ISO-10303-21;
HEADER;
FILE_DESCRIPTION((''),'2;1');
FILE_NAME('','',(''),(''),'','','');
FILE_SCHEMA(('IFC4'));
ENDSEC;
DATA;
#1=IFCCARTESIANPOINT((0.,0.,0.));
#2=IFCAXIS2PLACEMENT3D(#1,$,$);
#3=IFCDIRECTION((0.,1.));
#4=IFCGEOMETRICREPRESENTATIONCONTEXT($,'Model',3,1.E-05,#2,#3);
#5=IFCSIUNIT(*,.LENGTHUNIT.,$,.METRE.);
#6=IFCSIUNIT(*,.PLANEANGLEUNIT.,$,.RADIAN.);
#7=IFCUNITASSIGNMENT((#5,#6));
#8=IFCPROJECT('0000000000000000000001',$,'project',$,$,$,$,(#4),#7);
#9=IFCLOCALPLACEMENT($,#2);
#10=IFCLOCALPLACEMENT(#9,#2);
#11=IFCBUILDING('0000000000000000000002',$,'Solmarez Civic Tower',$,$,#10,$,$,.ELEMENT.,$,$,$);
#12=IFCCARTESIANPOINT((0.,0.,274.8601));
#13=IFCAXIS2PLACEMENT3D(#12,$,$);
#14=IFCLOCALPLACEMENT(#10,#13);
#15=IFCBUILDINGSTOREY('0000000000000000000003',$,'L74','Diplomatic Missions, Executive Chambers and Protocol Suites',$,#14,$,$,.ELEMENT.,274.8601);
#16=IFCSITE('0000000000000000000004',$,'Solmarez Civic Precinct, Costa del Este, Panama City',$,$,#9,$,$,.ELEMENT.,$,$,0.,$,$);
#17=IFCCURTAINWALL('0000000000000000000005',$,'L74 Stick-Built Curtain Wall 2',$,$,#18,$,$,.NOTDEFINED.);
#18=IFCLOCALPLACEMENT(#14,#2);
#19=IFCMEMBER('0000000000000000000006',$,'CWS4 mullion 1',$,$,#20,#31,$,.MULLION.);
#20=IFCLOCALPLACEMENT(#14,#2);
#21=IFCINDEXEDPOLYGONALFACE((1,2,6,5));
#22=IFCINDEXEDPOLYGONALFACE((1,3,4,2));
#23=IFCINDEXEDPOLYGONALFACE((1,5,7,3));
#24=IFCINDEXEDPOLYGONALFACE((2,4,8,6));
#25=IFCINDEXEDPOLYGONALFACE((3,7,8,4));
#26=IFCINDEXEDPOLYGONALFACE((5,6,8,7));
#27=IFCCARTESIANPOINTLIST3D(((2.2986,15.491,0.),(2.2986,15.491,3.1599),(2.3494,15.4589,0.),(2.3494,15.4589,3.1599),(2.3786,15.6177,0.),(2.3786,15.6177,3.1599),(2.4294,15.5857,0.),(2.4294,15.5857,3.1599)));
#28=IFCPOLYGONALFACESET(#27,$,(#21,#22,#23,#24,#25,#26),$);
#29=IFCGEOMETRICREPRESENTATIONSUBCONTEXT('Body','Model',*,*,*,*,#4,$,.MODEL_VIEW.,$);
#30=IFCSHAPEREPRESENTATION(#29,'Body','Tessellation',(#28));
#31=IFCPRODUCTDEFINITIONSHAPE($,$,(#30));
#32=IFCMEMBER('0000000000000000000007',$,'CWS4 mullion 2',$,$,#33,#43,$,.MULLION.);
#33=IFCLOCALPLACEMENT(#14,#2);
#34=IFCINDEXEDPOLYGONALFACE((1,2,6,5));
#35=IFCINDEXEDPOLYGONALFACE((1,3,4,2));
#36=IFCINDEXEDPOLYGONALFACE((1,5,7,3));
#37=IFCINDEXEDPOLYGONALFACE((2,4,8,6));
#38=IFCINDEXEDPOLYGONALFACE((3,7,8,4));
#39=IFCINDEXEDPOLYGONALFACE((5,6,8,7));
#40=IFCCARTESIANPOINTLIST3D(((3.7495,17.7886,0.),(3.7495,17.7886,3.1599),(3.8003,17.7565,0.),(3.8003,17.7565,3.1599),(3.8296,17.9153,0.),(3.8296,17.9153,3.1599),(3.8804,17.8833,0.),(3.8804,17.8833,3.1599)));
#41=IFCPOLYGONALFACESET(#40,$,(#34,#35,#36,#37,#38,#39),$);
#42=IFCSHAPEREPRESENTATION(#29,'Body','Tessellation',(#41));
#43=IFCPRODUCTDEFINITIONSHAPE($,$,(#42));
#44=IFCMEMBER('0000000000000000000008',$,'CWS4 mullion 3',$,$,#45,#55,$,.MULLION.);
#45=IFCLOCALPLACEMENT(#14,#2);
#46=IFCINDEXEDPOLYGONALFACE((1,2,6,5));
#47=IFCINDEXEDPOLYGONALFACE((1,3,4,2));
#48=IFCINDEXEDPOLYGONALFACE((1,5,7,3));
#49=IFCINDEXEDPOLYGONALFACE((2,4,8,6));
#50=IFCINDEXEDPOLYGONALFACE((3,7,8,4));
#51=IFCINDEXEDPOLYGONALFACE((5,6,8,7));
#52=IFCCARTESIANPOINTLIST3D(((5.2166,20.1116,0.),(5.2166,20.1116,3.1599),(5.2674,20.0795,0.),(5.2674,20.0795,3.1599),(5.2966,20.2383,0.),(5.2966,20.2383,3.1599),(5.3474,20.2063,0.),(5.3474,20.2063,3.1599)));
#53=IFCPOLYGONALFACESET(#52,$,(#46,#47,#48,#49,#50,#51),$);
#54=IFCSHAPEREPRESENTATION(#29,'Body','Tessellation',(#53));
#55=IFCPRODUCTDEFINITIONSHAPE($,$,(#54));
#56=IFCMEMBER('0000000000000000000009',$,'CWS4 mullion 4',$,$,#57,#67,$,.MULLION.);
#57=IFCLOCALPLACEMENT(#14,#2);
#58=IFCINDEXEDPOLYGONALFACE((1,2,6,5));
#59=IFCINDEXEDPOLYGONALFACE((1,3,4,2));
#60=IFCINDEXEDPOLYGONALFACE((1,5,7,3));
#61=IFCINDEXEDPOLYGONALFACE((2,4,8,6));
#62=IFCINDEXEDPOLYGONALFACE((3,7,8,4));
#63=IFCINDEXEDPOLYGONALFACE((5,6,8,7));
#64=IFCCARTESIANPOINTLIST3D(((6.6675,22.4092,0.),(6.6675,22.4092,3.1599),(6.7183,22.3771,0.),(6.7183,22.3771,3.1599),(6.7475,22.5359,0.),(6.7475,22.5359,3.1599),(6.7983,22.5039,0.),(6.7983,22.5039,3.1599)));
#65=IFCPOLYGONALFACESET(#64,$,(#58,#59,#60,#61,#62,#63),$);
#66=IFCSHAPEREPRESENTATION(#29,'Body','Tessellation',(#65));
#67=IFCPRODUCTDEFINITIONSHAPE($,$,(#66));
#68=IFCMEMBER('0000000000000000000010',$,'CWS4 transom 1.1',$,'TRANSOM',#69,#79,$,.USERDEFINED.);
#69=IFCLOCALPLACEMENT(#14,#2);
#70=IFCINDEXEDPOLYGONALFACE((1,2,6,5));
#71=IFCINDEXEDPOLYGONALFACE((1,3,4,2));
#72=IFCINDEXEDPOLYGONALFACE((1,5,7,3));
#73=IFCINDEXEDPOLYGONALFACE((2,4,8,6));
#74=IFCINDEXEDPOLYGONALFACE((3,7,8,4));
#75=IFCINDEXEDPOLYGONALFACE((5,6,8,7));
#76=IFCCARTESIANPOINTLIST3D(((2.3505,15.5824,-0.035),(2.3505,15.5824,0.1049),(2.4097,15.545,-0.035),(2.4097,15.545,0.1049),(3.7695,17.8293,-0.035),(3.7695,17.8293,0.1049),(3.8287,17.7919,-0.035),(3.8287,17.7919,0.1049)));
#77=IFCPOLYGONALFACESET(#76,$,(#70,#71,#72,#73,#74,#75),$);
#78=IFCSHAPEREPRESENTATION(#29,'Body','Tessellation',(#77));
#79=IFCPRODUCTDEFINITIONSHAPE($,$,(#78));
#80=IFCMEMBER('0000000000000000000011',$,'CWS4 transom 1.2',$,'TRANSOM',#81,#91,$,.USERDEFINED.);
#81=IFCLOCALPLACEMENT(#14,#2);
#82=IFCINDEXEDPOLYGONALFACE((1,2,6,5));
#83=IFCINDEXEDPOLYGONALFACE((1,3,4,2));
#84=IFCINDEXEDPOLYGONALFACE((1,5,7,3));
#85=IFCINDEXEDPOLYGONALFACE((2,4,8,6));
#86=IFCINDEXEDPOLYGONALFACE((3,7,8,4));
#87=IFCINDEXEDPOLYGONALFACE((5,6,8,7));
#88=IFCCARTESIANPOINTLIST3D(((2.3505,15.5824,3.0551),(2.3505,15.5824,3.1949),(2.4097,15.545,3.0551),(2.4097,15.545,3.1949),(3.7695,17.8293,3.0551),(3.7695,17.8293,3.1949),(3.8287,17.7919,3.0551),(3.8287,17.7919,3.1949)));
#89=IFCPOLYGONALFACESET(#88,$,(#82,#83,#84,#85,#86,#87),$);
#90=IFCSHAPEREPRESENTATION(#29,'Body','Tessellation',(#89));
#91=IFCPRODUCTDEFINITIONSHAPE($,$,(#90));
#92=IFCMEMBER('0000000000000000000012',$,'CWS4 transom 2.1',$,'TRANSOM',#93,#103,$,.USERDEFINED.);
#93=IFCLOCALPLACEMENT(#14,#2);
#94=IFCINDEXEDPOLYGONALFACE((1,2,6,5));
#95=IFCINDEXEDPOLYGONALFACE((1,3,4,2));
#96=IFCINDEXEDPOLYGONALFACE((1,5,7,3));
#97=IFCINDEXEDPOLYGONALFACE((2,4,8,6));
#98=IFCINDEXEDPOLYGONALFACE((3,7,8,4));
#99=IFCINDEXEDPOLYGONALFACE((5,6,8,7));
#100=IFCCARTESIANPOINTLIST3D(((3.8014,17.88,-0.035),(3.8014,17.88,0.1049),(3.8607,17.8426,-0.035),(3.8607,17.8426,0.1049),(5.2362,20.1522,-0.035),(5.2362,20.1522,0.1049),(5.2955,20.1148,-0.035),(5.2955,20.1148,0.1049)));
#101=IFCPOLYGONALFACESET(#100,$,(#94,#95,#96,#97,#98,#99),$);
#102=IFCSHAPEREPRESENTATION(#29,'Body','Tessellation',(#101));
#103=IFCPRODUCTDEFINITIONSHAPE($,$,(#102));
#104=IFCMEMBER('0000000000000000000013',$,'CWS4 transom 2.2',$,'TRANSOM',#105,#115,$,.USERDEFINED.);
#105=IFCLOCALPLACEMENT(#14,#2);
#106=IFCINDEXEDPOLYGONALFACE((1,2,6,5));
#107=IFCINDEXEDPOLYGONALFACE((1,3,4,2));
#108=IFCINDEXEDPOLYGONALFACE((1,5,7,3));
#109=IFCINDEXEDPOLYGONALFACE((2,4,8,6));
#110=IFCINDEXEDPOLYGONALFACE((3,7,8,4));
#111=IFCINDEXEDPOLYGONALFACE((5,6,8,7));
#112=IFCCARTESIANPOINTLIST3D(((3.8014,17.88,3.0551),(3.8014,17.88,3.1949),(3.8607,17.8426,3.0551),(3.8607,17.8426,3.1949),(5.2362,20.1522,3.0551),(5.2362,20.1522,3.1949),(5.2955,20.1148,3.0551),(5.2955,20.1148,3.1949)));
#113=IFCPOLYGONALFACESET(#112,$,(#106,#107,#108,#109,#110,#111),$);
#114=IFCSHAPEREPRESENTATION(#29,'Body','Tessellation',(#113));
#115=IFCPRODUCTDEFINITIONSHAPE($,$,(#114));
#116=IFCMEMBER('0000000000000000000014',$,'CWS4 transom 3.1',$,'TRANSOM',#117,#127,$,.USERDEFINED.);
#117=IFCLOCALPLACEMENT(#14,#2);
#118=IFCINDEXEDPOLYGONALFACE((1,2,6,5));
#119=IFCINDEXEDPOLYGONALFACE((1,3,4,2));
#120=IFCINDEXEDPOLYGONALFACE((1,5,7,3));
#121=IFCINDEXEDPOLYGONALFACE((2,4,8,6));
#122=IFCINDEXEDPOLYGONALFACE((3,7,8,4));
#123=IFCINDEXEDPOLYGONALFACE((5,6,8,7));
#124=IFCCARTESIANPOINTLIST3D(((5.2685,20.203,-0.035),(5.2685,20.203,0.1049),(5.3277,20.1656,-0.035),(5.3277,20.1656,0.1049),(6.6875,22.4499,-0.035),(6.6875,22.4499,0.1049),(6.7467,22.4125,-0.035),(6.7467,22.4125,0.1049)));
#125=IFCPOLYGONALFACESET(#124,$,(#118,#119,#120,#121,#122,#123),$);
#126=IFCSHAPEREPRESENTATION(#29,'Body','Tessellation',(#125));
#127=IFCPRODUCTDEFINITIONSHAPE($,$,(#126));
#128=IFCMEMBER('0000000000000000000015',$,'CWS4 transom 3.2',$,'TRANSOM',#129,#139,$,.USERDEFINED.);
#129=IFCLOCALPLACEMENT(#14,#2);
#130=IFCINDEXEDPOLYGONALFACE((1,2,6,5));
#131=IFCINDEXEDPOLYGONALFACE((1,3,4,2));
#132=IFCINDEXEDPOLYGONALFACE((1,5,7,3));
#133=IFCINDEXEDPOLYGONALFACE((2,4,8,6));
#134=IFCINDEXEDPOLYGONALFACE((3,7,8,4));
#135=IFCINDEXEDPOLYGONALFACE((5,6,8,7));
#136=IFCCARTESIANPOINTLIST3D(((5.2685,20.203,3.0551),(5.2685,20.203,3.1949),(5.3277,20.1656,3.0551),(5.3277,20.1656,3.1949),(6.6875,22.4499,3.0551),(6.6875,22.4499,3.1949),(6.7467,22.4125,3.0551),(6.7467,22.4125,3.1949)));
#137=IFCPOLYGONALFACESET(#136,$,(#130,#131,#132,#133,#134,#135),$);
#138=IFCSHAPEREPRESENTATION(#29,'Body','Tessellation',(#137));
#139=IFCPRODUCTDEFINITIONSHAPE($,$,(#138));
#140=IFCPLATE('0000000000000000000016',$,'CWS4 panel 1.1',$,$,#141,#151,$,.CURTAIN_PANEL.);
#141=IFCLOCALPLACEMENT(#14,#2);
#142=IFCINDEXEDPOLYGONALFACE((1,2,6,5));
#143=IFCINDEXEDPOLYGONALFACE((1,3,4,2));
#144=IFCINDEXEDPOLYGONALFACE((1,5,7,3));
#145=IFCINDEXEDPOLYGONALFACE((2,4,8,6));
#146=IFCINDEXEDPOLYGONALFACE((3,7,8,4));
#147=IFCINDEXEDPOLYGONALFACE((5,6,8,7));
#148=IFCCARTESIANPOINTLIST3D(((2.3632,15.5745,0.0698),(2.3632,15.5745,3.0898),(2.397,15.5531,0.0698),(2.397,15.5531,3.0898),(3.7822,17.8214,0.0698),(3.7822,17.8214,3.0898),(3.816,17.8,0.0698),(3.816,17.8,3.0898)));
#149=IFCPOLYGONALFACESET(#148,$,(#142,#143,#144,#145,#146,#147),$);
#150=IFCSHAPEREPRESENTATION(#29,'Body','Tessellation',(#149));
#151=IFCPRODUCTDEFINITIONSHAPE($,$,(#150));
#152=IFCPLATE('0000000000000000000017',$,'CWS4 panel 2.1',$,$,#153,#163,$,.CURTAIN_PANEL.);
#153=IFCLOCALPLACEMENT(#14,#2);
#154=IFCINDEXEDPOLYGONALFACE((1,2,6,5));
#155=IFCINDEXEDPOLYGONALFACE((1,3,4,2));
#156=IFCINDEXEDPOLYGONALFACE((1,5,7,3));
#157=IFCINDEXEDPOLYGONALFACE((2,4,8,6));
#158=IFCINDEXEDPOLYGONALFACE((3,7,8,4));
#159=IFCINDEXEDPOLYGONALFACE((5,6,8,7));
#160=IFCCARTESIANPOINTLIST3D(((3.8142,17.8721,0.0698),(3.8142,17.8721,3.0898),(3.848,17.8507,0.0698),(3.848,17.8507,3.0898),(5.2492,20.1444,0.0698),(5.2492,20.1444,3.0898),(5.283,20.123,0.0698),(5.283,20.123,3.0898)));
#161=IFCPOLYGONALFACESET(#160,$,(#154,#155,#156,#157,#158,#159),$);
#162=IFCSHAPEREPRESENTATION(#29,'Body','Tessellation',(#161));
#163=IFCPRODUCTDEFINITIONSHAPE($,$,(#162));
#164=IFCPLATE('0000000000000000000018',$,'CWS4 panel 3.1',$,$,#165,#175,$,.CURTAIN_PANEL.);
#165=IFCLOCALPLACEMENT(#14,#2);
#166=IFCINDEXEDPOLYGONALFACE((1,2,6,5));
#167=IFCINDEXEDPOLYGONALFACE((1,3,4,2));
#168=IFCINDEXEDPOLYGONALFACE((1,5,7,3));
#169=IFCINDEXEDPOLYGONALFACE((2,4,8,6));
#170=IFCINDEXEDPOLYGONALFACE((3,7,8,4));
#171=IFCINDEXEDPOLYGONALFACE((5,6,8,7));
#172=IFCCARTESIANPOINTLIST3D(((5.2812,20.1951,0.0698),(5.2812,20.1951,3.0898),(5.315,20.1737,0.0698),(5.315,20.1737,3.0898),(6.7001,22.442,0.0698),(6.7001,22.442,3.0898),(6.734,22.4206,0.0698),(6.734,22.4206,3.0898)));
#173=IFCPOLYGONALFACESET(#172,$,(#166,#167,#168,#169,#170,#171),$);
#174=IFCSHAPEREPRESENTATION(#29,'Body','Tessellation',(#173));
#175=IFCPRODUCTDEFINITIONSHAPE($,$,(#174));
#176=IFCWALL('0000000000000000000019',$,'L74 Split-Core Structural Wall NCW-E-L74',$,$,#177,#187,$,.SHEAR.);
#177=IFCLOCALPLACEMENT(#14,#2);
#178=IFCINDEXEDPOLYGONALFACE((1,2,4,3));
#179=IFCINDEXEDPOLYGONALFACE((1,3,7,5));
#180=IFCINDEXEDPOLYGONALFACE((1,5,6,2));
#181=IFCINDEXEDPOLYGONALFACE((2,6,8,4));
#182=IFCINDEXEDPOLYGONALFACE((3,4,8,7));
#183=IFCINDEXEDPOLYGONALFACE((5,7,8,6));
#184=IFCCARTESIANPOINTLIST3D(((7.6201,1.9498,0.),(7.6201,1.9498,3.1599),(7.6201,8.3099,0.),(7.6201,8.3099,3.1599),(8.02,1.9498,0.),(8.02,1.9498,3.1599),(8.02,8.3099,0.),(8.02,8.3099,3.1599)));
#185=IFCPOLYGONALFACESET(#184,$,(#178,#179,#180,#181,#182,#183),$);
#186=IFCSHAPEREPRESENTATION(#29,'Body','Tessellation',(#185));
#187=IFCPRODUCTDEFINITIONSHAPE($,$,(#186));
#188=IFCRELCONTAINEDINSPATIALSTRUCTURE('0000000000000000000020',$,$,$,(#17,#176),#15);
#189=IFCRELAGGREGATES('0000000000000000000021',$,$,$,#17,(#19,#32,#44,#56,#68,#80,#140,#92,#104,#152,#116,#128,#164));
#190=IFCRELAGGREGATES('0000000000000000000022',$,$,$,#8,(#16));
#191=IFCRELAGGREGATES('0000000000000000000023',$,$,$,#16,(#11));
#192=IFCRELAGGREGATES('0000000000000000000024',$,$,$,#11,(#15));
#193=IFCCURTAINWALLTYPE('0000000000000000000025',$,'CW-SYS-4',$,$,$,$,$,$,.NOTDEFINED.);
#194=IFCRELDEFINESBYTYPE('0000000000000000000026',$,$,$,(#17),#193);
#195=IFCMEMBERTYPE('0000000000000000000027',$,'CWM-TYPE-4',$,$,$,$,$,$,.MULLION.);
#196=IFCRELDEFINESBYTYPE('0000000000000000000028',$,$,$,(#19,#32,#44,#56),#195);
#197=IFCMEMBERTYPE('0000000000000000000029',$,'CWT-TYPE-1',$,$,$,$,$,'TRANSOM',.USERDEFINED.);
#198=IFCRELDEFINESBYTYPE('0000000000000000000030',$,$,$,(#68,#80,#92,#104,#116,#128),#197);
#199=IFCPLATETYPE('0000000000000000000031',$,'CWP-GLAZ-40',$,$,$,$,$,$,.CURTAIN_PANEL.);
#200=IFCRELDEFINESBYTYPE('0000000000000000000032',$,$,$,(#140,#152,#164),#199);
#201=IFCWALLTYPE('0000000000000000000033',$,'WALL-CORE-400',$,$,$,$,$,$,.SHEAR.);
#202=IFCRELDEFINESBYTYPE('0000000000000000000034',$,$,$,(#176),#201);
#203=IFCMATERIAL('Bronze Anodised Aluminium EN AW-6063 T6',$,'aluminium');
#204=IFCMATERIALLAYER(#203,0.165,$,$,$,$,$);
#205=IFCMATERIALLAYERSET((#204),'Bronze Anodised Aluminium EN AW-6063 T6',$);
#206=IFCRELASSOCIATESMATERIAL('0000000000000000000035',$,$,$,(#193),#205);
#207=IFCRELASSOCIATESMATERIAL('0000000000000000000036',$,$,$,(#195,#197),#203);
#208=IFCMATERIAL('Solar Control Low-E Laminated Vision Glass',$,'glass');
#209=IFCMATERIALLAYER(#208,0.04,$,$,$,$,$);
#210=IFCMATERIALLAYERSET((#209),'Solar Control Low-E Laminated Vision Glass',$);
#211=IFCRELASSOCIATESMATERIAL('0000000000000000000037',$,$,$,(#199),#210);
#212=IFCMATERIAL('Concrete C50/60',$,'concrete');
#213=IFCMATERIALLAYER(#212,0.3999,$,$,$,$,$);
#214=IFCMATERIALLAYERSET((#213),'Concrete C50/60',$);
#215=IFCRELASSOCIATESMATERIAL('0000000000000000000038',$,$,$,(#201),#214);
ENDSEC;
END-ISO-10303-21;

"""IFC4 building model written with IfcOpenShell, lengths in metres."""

from ifc_helpers import new_model, si_unit, direction, frame, frame_2d, origin, origin_2d, place, context, subcontext, project, spatial, rectangle, extrude, material, layer, layer_set, material_profile, profile_set, type_object, element, aggregate, save


model = new_model("IFC4")

# Units and contexts
model_context = context("Model", 3, precision=1e-05, world=origin(), true_north=direction((0.0, 1.0)))
body_context = subcontext(model_context, "Body", "Model", "MODEL_VIEW")
ifc_project = project(units=[si_unit("LENGTHUNIT", "METRE"), si_unit("PLANEANGLEUNIT", "RADIAN")], contexts=[model_context])

# Site, building, storey
site_placement = place(None, origin())
site = spatial("IfcSite", under=ifc_project, at=site_placement, Name="Solmarez Civic Precinct, Costa del Este, Panama City", CompositionType="ELEMENT", RefElevation=0.0)
building_placement = place(site_placement, origin())
building = spatial("IfcBuilding", under=site, at=building_placement, Name="Solmarez Civic Tower", CompositionType="ELEMENT")
storey_placement = place(building_placement, frame((0.0, 0.0, 274.8601)))
storey = spatial("IfcBuildingStorey", under=building, at=storey_placement, Name="L74", Description="Diplomatic Missions, Executive Chambers and Protocol Suites", CompositionType="ELEMENT", Elevation=274.8601)

# Curtain wall, members, plates
ifc_material_1 = material(Name="Bronze Anodised Aluminium EN AW-6063 T6", Category="aluminium")
ifc_layer_1 = layer(ifc_material_1, 0.165)
ifc_layer_set_1 = layer_set([ifc_layer_1], Name="Bronze Anodised Aluminium EN AW-6063 T6")
curtain_wall_type = type_object("IfcCurtainWallType", Name="CW-SYS-4", PredefinedType="NOTDEFINED", material=ifc_layer_set_1)
curtain_wall_placement = place(storey_placement, origin())
curtain_wall = element("IfcCurtainWall", 1, at=curtain_wall_placement, inside=storey, type_object=curtain_wall_type, Name="L74 Stick-Built Curtain Wall 2", PredefinedType="NOTDEFINED")
ifc_material_profile_1 = material_profile(ifc_material_1, rectangle(XDim=0.0601, YDim=0.1499, at=origin_2d()), Name="CWM-60X150")
ifc_profile_set_1 = profile_set([ifc_material_profile_1], Name="Bronze Anodised Aluminium EN AW-6063 T6")
member_type_1 = type_object("IfcMemberType", Name="CWM-TYPE-4", PredefinedType="MULLION", material=ifc_profile_set_1)
member_1_placement = place(storey_placement, frame((2.364, 15.5383, 0.0), z_axis=(0.0, 0.0, 1.0), x_axis=(-0.845515, 0.533952, 0.0)))
member_1 = element("IfcMember", 2, at=member_1_placement, type_object=member_type_1, Name="CWS4 mullion 1", PredefinedType="MULLION", context=body_context, shape_type="SweptSolid", body=[
    extrude(rectangle(XDim=0.0601, YDim=0.1499, at=origin_2d()), origin(), (0.0, 0.0, 1.0), 3.1599),
])
member_2_placement = place(storey_placement, frame((3.8149, 17.8359, 0.0), z_axis=(0.0, 0.0, 1.0), x_axis=(-0.845515, 0.533952, 0.0)))
member_2 = element("IfcMember", 3, at=member_2_placement, type_object=member_type_1, Name="CWS4 mullion 2", PredefinedType="MULLION", context=body_context, shape_type="SweptSolid", body=[
    extrude(rectangle(XDim=0.0601, YDim=0.1499, at=origin_2d()), origin(), (0.0, 0.0, 1.0), 3.1599),
])
member_3_placement = place(storey_placement, frame((5.282, 20.1589, 0.0), z_axis=(0.0, 0.0, 1.0), x_axis=(-0.845515, 0.533952, 0.0)))
member_3 = element("IfcMember", 4, at=member_3_placement, type_object=member_type_1, Name="CWS4 mullion 3", PredefinedType="MULLION", context=body_context, shape_type="SweptSolid", body=[
    extrude(rectangle(XDim=0.0601, YDim=0.1499, at=origin_2d()), origin(), (0.0, 0.0, 1.0), 3.1599),
])
member_4_placement = place(storey_placement, frame((6.7329, 22.4565, 0.0), z_axis=(0.0, 0.0, 1.0), x_axis=(-0.845515, 0.533952, 0.0)))
member_4 = element("IfcMember", 5, at=member_4_placement, type_object=member_type_1, Name="CWS4 mullion 4", PredefinedType="MULLION", context=body_context, shape_type="SweptSolid", body=[
    extrude(rectangle(XDim=0.0601, YDim=0.1499, at=origin_2d()), origin(), (0.0, 0.0, 1.0), 3.1599),
])
ifc_material_profile_2 = material_profile(ifc_material_1, rectangle(XDim=0.0701, YDim=0.1399, at=origin_2d()), Name="CWT-70X140")
ifc_profile_set_2 = profile_set([ifc_material_profile_2], Name="Bronze Anodised Aluminium EN AW-6063 T6")
member_type_2 = type_object("IfcMemberType", Name="CWT-TYPE-1", ElementType="TRANSOM", PredefinedType="USERDEFINED", material=ifc_profile_set_2)
member_5_placement = place(storey_placement, frame((2.3801, 15.5637, 0.0349), z_axis=(0.533965, 0.845506, 0.0), x_axis=(-0.845506, 0.533965, 0.0)))
member_5 = element("IfcMember", 6, at=member_5_placement, type_object=member_type_2, Name="CWS4 transom 1.1", ObjectType="TRANSOM", PredefinedType="USERDEFINED", context=body_context, shape_type="SweptSolid", body=[
    extrude(rectangle(XDim=0.0701, YDim=0.1399, at=origin_2d()), origin(), (0.0, 0.0, 1.0), 2.6575),
])
member_6_placement = place(storey_placement, frame((2.3801, 15.5637, 3.125), z_axis=(0.533965, 0.845506, 0.0), x_axis=(-0.845506, 0.533965, 0.0)))
member_6 = element("IfcMember", 7, at=member_6_placement, type_object=member_type_2, Name="CWS4 transom 1.2", ObjectType="TRANSOM", PredefinedType="USERDEFINED", context=body_context, shape_type="SweptSolid", body=[
    extrude(rectangle(XDim=0.0701, YDim=0.1399, at=origin_2d()), origin(), (0.0, 0.0, 1.0), 2.6575),
])
member_7_placement = place(storey_placement, frame((3.8311, 17.8613, 0.0349), z_axis=(0.533921, 0.845534, 0.0), x_axis=(-0.845534, 0.533921, 0.0)))
member_7 = element("IfcMember", 8, at=member_7_placement, type_object=member_type_2, Name="CWS4 transom 2.1", ObjectType="TRANSOM", PredefinedType="USERDEFINED", context=body_context, shape_type="SweptSolid", body=[
    extrude(rectangle(XDim=0.0701, YDim=0.1399, at=origin_2d()), origin(), (0.0, 0.0, 1.0), 2.6873),
])
member_8_placement = place(storey_placement, frame((3.8311, 17.8613, 3.125), z_axis=(0.533921, 0.845534, 0.0), x_axis=(-0.845534, 0.533921, 0.0)))
member_8 = element("IfcMember", 9, at=member_8_placement, type_object=member_type_2, Name="CWS4 transom 2.2", ObjectType="TRANSOM", PredefinedType="USERDEFINED", context=body_context, shape_type="SweptSolid", body=[
    extrude(rectangle(XDim=0.0701, YDim=0.1399, at=origin_2d()), origin(), (0.0, 0.0, 1.0), 2.6873),
])
member_9_placement = place(storey_placement, frame((5.2981, 20.1843, 0.0349), z_axis=(0.533965, 0.845506, 0.0), x_axis=(-0.845506, 0.533965, 0.0)))
member_9 = element("IfcMember", 10, at=member_9_placement, type_object=member_type_2, Name="CWS4 transom 3.1", ObjectType="TRANSOM", PredefinedType="USERDEFINED", context=body_context, shape_type="SweptSolid", body=[
    extrude(rectangle(XDim=0.0701, YDim=0.1399, at=origin_2d()), origin(), (0.0, 0.0, 1.0), 2.6575),
])
member_10_placement = place(storey_placement, frame((5.2981, 20.1843, 3.125), z_axis=(0.533965, 0.845506, 0.0), x_axis=(-0.845506, 0.533965, 0.0)))
member_10 = element("IfcMember", 11, at=member_10_placement, type_object=member_type_2, Name="CWS4 transom 3.2", ObjectType="TRANSOM", PredefinedType="USERDEFINED", context=body_context, shape_type="SweptSolid", body=[
    extrude(rectangle(XDim=0.0701, YDim=0.1399, at=origin_2d()), origin(), (0.0, 0.0, 1.0), 2.6575),
])
ifc_material_2 = material(Name="Solar Control Low-E Laminated Vision Glass", Category="glass")
ifc_layer_2 = layer(ifc_material_2, 0.04)
ifc_layer_set_2 = layer_set([ifc_layer_2], Name="Solar Control Low-E Laminated Vision Glass")
plate_type = type_object("IfcPlateType", Name="CWP-GLAZ-40", PredefinedType="CURTAIN_PANEL", material=ifc_layer_set_2)
plate_1_placement = place(storey_placement, frame((3.0896, 16.6873, 0.0698), z_axis=(0.0, 0.0, 1.0), x_axis=(0.533952, 0.845515, 0.0)))
plate_1 = element("IfcPlate", 12, at=plate_1_placement, type_object=plate_type, Name="CWS4 panel 1.1", PredefinedType="CURTAIN_PANEL", context=body_context, shape_type="SweptSolid", body=[
    extrude(rectangle(XDim=2.6575, YDim=0.04, at=origin_2d()), origin(), (0.0, 0.0, 1.0), 3.02),
])
plate_2_placement = place(storey_placement, frame((4.5486, 18.9976, 0.0698), z_axis=(0.0, 0.0, 1.0), x_axis=(0.533952, 0.845515, 0.0)))
plate_2 = element("IfcPlate", 13, at=plate_2_placement, type_object=plate_type, Name="CWS4 panel 2.1", PredefinedType="CURTAIN_PANEL", context=body_context, shape_type="SweptSolid", body=[
    extrude(rectangle(XDim=2.6875, YDim=0.04, at=origin_2d()), origin(), (0.0, 0.0, 1.0), 3.02),
])
plate_3_placement = place(storey_placement, frame((6.0076, 21.3079, 0.0698), z_axis=(0.0, 0.0, 1.0), x_axis=(0.533952, 0.845515, 0.0)))
plate_3 = element("IfcPlate", 14, at=plate_3_placement, type_object=plate_type, Name="CWS4 panel 3.1", PredefinedType="CURTAIN_PANEL", context=body_context, shape_type="SweptSolid", body=[
    extrude(rectangle(XDim=2.6575, YDim=0.04, at=origin_2d()), origin(), (0.0, 0.0, 1.0), 3.02),
])
aggregate(curtain_wall, [member_1, member_2, member_3, member_4, member_5, member_6, plate_1, member_7, member_8, plate_2, member_9, member_10, plate_3])

# Wall
ifc_material_3 = material(Name="Concrete C50/60", Category="concrete")
ifc_layer_3 = layer(ifc_material_3, 0.3999)
ifc_layer_set_3 = layer_set([ifc_layer_3], Name="Concrete C50/60")
wall_type_1 = type_object("IfcWallType", Name="WALL-CORE-400", PredefinedType="SHEAR", material=ifc_layer_set_3)
wall_1_placement = place(storey_placement, frame((7.8201, 8.3101, 0.0), z_axis=(0.0, 0.0, 1.0), x_axis=(0.0, -1.0, 0.0)))
element("IfcWall", 15, at=wall_1_placement, inside=storey, type_object=wall_type_1, Name="L74 Split-Core Structural Wall NCW-E-L74", PredefinedType="SHEAR", context=body_context, shape_type="SweptSolid", body=[
    extrude(rectangle(XDim=6.3601, YDim=0.3999, at=frame_2d((3.1802, 0.0))), origin(), (0.0, 0.0, 1.0), 3.1599),
])

save(model, "model.ifc")
